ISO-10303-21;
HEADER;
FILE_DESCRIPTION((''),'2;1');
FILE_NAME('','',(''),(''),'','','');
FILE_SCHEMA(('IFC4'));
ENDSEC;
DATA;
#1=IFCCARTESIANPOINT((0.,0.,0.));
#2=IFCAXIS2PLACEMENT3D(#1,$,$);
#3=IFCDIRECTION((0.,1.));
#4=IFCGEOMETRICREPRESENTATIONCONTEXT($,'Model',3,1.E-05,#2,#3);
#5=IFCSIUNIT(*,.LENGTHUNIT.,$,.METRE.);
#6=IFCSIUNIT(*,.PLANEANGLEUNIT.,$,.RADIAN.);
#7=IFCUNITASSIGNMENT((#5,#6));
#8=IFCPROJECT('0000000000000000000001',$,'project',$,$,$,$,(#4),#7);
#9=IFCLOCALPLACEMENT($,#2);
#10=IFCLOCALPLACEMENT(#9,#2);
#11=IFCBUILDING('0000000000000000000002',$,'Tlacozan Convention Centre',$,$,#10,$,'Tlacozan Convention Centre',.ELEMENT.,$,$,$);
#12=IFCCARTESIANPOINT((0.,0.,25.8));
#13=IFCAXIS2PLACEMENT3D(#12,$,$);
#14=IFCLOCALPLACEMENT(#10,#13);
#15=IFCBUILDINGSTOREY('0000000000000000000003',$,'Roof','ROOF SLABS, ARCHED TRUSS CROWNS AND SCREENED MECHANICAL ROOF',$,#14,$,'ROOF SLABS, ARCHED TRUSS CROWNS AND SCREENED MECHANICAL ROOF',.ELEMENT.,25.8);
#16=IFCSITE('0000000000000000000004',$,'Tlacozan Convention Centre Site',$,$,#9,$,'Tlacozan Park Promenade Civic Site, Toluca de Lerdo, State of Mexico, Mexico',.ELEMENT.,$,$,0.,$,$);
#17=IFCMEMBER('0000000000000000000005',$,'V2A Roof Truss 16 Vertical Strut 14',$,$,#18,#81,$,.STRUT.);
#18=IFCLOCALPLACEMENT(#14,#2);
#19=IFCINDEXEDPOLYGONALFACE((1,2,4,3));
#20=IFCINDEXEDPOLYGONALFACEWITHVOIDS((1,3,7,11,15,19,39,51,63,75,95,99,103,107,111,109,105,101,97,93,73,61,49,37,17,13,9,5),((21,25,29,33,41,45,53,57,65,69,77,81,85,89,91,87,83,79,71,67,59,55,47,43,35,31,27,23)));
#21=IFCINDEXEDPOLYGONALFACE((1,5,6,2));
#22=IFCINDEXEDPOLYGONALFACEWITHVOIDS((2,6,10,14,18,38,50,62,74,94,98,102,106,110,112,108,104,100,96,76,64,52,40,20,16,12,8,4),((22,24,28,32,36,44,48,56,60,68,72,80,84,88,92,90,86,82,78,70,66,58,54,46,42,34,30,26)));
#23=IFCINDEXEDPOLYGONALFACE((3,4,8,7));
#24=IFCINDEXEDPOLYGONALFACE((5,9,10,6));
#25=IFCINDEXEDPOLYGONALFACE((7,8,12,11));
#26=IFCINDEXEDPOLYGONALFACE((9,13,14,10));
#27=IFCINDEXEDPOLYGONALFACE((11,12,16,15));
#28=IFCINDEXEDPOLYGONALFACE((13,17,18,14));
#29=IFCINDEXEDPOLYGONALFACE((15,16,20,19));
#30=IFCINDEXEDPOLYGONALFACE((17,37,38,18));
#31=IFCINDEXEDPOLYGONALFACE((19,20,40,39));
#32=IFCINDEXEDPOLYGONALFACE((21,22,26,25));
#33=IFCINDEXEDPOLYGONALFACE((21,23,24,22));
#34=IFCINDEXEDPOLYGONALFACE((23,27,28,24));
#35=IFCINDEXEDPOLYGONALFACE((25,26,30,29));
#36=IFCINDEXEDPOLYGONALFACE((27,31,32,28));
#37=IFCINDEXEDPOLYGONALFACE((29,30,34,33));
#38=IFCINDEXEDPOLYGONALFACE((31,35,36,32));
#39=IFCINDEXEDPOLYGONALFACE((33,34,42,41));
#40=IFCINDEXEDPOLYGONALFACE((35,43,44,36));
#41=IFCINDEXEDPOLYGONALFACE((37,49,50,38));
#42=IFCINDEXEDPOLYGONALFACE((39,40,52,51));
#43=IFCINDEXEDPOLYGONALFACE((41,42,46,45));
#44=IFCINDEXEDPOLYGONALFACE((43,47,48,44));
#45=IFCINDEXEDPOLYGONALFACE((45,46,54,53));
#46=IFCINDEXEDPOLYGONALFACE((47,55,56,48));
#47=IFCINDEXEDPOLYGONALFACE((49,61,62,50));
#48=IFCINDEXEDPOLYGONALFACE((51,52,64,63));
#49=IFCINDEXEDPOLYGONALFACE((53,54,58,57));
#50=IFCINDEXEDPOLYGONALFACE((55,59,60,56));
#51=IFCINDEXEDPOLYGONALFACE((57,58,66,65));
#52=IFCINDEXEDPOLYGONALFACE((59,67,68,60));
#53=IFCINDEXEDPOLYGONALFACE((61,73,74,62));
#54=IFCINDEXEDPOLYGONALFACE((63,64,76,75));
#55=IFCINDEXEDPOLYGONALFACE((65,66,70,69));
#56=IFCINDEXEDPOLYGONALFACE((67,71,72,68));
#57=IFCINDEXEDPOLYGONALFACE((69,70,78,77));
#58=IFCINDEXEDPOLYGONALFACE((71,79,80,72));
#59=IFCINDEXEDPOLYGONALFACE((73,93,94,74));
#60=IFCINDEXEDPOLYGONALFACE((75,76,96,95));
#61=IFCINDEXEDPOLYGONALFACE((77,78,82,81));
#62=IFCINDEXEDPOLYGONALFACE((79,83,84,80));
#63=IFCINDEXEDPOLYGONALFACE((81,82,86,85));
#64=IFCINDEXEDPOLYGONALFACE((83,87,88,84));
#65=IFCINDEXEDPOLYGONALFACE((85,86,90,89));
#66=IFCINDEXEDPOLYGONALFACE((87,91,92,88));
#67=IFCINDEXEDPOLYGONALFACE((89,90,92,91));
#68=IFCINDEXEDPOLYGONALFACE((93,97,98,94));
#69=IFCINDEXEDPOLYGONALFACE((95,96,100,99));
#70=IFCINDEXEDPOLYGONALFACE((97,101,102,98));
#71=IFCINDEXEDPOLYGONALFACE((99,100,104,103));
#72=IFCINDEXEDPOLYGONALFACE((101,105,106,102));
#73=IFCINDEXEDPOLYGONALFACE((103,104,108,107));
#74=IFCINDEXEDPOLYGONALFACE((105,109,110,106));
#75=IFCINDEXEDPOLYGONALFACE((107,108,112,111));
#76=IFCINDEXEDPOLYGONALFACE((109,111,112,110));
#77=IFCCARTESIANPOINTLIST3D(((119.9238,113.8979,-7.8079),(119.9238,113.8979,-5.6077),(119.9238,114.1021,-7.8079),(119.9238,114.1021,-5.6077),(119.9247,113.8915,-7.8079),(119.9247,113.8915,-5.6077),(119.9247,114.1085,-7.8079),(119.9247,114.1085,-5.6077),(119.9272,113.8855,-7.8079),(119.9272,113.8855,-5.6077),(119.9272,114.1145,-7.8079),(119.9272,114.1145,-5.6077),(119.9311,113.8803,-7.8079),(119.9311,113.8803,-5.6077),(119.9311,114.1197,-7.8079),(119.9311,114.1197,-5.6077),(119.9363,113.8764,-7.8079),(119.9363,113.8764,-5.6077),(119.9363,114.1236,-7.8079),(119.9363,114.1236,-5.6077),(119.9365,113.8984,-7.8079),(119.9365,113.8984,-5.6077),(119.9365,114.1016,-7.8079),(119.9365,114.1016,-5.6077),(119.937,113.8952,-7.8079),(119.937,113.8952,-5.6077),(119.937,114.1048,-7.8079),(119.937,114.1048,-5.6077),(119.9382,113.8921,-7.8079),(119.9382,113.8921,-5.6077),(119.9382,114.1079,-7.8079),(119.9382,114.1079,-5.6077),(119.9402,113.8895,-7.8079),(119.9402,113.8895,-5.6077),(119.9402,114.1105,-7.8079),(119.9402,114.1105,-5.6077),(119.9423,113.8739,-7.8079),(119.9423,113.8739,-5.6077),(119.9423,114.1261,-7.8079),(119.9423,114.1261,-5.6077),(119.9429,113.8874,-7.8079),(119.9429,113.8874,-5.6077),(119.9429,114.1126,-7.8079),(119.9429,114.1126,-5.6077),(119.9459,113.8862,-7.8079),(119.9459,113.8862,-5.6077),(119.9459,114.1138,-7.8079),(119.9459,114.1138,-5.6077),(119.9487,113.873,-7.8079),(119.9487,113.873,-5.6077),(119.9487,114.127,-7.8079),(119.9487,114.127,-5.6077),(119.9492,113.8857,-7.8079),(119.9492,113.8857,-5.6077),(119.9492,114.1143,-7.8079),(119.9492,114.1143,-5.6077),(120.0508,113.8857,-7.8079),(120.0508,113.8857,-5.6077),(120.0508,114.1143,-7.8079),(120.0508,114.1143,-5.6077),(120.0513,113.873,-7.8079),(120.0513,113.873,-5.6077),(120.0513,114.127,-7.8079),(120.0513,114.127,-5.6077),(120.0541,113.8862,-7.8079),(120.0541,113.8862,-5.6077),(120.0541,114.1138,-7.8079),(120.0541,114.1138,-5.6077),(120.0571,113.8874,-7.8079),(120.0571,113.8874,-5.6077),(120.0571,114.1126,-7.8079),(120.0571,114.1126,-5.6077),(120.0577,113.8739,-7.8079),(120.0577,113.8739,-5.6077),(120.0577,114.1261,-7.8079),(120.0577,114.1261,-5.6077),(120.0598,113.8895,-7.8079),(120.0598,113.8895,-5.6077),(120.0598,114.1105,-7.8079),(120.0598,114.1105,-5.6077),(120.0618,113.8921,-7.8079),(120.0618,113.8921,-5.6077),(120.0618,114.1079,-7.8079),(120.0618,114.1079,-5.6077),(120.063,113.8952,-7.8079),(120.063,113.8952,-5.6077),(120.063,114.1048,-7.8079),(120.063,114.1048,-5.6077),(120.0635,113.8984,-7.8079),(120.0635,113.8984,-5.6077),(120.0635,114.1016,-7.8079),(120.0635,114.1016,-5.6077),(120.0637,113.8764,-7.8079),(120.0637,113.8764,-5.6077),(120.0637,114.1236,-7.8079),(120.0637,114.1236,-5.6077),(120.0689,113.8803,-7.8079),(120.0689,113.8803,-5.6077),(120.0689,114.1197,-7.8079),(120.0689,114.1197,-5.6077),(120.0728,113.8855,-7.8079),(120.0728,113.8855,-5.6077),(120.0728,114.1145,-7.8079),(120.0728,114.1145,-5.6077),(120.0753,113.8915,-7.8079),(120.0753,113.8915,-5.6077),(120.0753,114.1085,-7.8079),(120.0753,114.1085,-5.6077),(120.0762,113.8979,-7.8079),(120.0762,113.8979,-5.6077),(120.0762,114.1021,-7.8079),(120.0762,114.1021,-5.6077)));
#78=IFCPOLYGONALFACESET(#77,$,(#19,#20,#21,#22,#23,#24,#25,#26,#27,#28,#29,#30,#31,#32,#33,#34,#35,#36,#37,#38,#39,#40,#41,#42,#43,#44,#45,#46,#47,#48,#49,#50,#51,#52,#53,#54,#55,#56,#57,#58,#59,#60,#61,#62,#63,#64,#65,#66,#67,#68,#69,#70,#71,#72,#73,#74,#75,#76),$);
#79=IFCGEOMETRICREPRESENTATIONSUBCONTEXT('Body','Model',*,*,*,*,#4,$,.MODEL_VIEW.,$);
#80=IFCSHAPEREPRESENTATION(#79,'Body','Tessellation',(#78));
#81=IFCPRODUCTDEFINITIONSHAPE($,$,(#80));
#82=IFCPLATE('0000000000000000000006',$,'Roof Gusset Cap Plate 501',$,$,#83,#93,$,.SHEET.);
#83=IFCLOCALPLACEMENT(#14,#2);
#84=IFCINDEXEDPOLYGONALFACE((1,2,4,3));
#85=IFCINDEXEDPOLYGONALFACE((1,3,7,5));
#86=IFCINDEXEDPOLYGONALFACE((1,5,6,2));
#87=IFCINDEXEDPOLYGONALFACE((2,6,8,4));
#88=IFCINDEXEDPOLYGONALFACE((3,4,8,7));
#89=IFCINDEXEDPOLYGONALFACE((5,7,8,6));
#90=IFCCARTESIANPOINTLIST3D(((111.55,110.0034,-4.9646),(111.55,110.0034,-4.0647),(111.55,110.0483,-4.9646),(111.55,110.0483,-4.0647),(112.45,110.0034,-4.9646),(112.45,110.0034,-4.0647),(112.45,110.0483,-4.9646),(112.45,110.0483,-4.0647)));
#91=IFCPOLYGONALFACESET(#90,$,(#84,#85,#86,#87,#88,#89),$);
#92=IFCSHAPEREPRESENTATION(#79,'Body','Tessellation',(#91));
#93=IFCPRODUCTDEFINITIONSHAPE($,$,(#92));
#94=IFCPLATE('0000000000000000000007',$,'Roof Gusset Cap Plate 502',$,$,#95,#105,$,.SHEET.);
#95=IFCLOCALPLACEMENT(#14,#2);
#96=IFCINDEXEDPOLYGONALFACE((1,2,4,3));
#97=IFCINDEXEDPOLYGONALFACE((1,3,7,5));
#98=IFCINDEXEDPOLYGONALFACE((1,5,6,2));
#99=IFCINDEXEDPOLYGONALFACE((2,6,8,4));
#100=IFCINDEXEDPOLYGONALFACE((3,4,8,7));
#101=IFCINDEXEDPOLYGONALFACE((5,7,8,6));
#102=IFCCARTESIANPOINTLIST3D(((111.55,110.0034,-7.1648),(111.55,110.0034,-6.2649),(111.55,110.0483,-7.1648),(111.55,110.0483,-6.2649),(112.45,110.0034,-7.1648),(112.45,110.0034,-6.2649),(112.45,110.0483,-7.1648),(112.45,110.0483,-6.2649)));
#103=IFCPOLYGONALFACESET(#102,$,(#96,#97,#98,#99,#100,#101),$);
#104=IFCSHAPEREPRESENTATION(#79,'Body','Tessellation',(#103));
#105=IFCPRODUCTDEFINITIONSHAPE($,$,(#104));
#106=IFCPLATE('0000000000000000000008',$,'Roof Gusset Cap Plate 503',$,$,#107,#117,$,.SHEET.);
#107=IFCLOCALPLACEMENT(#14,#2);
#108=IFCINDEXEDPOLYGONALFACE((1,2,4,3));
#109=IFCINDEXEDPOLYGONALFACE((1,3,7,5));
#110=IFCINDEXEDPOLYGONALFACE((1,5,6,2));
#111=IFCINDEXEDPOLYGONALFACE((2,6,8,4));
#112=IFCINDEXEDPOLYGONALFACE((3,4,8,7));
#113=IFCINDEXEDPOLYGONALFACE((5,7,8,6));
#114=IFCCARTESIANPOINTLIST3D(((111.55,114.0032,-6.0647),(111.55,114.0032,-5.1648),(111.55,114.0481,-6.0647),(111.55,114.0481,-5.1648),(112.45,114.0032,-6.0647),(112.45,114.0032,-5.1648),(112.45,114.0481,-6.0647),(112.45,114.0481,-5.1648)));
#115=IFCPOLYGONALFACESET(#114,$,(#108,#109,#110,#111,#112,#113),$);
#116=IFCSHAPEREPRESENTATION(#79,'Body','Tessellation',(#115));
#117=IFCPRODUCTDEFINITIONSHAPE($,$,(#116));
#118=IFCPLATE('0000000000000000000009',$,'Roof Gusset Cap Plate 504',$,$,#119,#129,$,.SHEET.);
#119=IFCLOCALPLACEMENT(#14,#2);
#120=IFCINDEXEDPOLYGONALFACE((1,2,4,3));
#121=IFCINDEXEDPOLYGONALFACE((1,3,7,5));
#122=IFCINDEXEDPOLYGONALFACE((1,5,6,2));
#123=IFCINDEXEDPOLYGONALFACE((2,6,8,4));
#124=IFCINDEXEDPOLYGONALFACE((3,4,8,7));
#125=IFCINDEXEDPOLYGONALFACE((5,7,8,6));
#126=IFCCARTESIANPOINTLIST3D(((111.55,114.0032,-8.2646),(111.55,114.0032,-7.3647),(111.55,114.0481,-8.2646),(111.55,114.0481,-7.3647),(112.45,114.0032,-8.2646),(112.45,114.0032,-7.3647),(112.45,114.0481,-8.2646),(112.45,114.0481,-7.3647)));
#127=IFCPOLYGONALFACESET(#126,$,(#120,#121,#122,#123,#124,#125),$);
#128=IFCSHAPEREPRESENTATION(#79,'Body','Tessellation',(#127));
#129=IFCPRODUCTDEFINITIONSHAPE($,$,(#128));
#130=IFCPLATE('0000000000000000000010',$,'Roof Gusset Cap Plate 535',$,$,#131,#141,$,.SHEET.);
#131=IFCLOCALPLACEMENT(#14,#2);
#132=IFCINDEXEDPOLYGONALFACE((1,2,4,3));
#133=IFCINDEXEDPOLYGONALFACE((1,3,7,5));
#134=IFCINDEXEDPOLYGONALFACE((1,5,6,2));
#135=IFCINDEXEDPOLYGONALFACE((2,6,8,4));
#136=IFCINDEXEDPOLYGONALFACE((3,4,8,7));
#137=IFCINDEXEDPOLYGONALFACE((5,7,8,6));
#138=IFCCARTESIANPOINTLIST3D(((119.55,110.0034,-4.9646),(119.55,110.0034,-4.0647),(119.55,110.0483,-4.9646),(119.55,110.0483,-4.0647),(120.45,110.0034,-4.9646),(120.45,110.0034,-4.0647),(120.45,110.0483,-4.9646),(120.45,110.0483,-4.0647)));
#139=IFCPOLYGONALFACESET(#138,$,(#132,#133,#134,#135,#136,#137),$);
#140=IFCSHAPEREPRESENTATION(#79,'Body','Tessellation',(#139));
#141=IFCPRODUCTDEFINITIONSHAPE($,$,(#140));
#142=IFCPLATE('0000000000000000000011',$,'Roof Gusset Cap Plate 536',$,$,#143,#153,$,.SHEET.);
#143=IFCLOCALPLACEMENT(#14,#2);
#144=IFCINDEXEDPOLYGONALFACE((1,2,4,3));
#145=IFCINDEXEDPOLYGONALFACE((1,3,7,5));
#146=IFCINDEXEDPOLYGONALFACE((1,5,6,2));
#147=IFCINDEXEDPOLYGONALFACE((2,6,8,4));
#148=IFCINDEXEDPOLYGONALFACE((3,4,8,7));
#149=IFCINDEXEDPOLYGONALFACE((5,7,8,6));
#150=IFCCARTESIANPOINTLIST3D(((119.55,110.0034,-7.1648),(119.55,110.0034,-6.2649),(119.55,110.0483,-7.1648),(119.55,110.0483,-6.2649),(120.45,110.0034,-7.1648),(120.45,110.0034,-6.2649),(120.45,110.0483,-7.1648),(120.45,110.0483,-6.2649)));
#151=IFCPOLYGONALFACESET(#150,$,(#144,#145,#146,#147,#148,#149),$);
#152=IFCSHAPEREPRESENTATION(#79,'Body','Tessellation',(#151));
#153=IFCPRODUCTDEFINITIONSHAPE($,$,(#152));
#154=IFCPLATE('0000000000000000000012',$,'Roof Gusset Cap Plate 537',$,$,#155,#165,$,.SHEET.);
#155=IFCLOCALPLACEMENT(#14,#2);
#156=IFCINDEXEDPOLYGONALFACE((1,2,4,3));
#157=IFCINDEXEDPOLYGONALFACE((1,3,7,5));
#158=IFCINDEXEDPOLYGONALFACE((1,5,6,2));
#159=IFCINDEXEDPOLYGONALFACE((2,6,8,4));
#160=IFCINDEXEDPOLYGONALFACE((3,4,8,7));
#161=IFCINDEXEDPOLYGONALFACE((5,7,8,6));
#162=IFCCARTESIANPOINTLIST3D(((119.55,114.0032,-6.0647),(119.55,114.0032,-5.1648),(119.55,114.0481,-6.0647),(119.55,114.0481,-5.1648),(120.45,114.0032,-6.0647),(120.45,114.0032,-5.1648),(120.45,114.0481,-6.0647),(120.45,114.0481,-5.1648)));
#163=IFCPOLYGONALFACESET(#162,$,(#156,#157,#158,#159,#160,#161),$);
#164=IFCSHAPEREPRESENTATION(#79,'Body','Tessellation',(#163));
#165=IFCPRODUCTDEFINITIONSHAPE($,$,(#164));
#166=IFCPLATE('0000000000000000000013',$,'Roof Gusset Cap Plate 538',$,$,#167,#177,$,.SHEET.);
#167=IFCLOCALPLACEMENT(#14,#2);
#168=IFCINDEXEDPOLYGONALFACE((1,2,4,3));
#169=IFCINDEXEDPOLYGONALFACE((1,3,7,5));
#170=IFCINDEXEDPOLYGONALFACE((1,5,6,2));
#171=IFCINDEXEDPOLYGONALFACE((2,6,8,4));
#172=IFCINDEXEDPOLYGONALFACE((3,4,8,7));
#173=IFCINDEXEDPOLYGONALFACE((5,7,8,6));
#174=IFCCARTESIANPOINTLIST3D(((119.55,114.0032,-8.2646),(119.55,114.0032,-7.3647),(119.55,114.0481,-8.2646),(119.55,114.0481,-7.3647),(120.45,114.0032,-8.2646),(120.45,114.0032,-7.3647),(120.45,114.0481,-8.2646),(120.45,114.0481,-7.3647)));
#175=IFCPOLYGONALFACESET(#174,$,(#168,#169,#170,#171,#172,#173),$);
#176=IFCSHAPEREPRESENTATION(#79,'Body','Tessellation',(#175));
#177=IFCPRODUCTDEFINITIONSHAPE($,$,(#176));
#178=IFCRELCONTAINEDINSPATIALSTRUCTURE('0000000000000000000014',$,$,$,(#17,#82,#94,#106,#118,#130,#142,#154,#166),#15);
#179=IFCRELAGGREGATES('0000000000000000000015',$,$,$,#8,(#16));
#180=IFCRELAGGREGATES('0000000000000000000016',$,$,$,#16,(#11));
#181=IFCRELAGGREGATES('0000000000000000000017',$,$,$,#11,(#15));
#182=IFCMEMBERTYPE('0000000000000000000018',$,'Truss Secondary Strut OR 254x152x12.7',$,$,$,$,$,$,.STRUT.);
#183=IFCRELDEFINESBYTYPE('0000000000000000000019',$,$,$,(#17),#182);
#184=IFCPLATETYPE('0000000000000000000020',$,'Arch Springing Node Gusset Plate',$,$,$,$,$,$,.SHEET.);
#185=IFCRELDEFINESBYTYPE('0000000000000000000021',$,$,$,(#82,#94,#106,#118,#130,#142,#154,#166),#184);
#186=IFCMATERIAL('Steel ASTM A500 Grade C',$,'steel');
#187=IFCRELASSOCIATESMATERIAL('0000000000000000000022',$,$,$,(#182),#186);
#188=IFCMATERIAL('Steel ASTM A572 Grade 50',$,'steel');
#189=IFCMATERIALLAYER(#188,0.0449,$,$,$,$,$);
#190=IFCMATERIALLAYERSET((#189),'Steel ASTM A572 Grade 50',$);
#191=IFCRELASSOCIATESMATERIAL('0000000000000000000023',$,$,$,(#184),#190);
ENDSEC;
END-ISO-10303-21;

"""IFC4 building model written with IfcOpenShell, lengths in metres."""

from ifc_helpers import new_model, si_unit, direction, frame, origin, origin_2d, place, context, subcontext, project, spatial, rectangle, hollow_rectangle, extrude, material, layer, layer_set, material_profile, profile_set, type_object, element, save


model = new_model("IFC4")

# Units and contexts
model_context = context("Model", 3, precision=1e-05, world=origin(), true_north=direction((0.0, 1.0)))
body_context = subcontext(model_context, "Body", "Model", "MODEL_VIEW")
ifc_project = project(units=[si_unit("LENGTHUNIT", "METRE"), si_unit("PLANEANGLEUNIT", "RADIAN")], contexts=[model_context])

# Site, building, storey
site_placement = place(None, origin())
site = spatial("IfcSite", under=ifc_project, at=site_placement, Name="Tlacozan Convention Centre Site", LongName="Tlacozan Park Promenade Civic Site, Toluca de Lerdo, State of Mexico, Mexico", CompositionType="ELEMENT", RefElevation=0.0)
building_placement = place(site_placement, origin())
building = spatial("IfcBuilding", under=site, at=building_placement, Name="Tlacozan Convention Centre", LongName="Tlacozan Convention Centre", CompositionType="ELEMENT")
storey_placement = place(building_placement, frame((0.0, 0.0, 25.8)))
storey = spatial("IfcBuildingStorey", under=building, at=storey_placement, Name="Roof", Description="ROOF SLABS, ARCHED TRUSS CROWNS AND SCREENED MECHANICAL ROOF", LongName="ROOF SLABS, ARCHED TRUSS CROWNS AND SCREENED MECHANICAL ROOF", CompositionType="ELEMENT", Elevation=25.8)

# Member
ifc_material_1 = material(Name="Steel ASTM A500 Grade C", Category="steel")
ifc_material_profile_1 = material_profile(ifc_material_1, hollow_rectangle(XDim=0.1523, YDim=0.2539, WallThickness=0.0127, InnerFilletRadius=0.0127, OuterFilletRadius=0.0249, at=origin_2d()), Name="OR 254x152x12.7")
ifc_profile_set_1 = profile_set([ifc_material_profile_1], Name="Steel ASTM A500 Grade C")
member_type_1 = type_object("IfcMemberType", Name="Truss Secondary Strut OR 254x152x12.7", PredefinedType="STRUT", material=ifc_profile_set_1)
for number, where, z_axis, x_axis, name in (
    (1, (120.0, 114.0, -7.8079), (0.0, 0.0, 1.0), (1.0, 0.0, 0.0), "V2A Roof Truss 16 Vertical Strut 14"),
):
    element("IfcMember", number, at=place(storey_placement, frame(where, z_axis=z_axis, x_axis=x_axis)), inside=storey, type_object=member_type_1, Name=name, PredefinedType="STRUT", context=body_context, shape_type="SweptSolid", body=[
        extrude(hollow_rectangle(XDim=0.1523, YDim=0.2539, WallThickness=0.0127, InnerFilletRadius=0.0127, OuterFilletRadius=0.0249, at=origin_2d()), origin(), (0.0, 0.0, 1.0), 2.2002),
    ])

# Plates
ifc_material_2 = material(Name="Steel ASTM A572 Grade 50", Category="steel")
ifc_layer = layer(ifc_material_2, 0.0449)
ifc_layer_set = layer_set([ifc_layer], Name="Steel ASTM A572 Grade 50")
plate_type = type_object("IfcPlateType", Name="Arch Springing Node Gusset Plate", PredefinedType="SHEET", material=ifc_layer_set)
for number, where, z_axis, x_axis, name in (
    (2, (112.0, 110.0259, -4.9646), (0.0, 0.0, 1.0), (0.0, 1.0, 0.0), "Roof Gusset Cap Plate 501"),
    (3, (112.0, 110.0259, -7.1648), (0.0, 0.0, 1.0), (0.0, 1.0, 0.0), "Roof Gusset Cap Plate 502"),
    (4, (112.0, 114.0256, -6.0647), (0.0, 0.0, 1.0), (0.0, 1.0, 0.0), "Roof Gusset Cap Plate 503"),
    (5, (112.0, 114.0256, -8.2646), (0.0, 0.0, 1.0), (0.0, 1.0, 0.0), "Roof Gusset Cap Plate 504"),
    (6, (120.0, 110.0259, -4.9646), (0.0, 0.0, 1.0), (0.0, 1.0, 0.0), "Roof Gusset Cap Plate 535"),
    (7, (120.0, 110.0259, -7.1648), (0.0, 0.0, 1.0), (0.0, 1.0, 0.0), "Roof Gusset Cap Plate 536"),
    (8, (120.0, 114.0256, -6.0647), (0.0, 0.0, 1.0), (0.0, 1.0, 0.0), "Roof Gusset Cap Plate 537"),
    (9, (120.0, 114.0256, -8.2646), (0.0, 0.0, 1.0), (0.0, 1.0, 0.0), "Roof Gusset Cap Plate 538"),
):
    element("IfcPlate", number, at=place(storey_placement, frame(where, z_axis=z_axis, x_axis=x_axis)), inside=storey, type_object=plate_type, Name=name, PredefinedType="SHEET", context=body_context, shape_type="SweptSolid", body=[
        extrude(rectangle(XDim=0.0449, YDim=0.8999, at=origin_2d()), origin(), (0.0, 0.0, 1.0), 0.8999),
    ])

save(model, "model.ifc")
